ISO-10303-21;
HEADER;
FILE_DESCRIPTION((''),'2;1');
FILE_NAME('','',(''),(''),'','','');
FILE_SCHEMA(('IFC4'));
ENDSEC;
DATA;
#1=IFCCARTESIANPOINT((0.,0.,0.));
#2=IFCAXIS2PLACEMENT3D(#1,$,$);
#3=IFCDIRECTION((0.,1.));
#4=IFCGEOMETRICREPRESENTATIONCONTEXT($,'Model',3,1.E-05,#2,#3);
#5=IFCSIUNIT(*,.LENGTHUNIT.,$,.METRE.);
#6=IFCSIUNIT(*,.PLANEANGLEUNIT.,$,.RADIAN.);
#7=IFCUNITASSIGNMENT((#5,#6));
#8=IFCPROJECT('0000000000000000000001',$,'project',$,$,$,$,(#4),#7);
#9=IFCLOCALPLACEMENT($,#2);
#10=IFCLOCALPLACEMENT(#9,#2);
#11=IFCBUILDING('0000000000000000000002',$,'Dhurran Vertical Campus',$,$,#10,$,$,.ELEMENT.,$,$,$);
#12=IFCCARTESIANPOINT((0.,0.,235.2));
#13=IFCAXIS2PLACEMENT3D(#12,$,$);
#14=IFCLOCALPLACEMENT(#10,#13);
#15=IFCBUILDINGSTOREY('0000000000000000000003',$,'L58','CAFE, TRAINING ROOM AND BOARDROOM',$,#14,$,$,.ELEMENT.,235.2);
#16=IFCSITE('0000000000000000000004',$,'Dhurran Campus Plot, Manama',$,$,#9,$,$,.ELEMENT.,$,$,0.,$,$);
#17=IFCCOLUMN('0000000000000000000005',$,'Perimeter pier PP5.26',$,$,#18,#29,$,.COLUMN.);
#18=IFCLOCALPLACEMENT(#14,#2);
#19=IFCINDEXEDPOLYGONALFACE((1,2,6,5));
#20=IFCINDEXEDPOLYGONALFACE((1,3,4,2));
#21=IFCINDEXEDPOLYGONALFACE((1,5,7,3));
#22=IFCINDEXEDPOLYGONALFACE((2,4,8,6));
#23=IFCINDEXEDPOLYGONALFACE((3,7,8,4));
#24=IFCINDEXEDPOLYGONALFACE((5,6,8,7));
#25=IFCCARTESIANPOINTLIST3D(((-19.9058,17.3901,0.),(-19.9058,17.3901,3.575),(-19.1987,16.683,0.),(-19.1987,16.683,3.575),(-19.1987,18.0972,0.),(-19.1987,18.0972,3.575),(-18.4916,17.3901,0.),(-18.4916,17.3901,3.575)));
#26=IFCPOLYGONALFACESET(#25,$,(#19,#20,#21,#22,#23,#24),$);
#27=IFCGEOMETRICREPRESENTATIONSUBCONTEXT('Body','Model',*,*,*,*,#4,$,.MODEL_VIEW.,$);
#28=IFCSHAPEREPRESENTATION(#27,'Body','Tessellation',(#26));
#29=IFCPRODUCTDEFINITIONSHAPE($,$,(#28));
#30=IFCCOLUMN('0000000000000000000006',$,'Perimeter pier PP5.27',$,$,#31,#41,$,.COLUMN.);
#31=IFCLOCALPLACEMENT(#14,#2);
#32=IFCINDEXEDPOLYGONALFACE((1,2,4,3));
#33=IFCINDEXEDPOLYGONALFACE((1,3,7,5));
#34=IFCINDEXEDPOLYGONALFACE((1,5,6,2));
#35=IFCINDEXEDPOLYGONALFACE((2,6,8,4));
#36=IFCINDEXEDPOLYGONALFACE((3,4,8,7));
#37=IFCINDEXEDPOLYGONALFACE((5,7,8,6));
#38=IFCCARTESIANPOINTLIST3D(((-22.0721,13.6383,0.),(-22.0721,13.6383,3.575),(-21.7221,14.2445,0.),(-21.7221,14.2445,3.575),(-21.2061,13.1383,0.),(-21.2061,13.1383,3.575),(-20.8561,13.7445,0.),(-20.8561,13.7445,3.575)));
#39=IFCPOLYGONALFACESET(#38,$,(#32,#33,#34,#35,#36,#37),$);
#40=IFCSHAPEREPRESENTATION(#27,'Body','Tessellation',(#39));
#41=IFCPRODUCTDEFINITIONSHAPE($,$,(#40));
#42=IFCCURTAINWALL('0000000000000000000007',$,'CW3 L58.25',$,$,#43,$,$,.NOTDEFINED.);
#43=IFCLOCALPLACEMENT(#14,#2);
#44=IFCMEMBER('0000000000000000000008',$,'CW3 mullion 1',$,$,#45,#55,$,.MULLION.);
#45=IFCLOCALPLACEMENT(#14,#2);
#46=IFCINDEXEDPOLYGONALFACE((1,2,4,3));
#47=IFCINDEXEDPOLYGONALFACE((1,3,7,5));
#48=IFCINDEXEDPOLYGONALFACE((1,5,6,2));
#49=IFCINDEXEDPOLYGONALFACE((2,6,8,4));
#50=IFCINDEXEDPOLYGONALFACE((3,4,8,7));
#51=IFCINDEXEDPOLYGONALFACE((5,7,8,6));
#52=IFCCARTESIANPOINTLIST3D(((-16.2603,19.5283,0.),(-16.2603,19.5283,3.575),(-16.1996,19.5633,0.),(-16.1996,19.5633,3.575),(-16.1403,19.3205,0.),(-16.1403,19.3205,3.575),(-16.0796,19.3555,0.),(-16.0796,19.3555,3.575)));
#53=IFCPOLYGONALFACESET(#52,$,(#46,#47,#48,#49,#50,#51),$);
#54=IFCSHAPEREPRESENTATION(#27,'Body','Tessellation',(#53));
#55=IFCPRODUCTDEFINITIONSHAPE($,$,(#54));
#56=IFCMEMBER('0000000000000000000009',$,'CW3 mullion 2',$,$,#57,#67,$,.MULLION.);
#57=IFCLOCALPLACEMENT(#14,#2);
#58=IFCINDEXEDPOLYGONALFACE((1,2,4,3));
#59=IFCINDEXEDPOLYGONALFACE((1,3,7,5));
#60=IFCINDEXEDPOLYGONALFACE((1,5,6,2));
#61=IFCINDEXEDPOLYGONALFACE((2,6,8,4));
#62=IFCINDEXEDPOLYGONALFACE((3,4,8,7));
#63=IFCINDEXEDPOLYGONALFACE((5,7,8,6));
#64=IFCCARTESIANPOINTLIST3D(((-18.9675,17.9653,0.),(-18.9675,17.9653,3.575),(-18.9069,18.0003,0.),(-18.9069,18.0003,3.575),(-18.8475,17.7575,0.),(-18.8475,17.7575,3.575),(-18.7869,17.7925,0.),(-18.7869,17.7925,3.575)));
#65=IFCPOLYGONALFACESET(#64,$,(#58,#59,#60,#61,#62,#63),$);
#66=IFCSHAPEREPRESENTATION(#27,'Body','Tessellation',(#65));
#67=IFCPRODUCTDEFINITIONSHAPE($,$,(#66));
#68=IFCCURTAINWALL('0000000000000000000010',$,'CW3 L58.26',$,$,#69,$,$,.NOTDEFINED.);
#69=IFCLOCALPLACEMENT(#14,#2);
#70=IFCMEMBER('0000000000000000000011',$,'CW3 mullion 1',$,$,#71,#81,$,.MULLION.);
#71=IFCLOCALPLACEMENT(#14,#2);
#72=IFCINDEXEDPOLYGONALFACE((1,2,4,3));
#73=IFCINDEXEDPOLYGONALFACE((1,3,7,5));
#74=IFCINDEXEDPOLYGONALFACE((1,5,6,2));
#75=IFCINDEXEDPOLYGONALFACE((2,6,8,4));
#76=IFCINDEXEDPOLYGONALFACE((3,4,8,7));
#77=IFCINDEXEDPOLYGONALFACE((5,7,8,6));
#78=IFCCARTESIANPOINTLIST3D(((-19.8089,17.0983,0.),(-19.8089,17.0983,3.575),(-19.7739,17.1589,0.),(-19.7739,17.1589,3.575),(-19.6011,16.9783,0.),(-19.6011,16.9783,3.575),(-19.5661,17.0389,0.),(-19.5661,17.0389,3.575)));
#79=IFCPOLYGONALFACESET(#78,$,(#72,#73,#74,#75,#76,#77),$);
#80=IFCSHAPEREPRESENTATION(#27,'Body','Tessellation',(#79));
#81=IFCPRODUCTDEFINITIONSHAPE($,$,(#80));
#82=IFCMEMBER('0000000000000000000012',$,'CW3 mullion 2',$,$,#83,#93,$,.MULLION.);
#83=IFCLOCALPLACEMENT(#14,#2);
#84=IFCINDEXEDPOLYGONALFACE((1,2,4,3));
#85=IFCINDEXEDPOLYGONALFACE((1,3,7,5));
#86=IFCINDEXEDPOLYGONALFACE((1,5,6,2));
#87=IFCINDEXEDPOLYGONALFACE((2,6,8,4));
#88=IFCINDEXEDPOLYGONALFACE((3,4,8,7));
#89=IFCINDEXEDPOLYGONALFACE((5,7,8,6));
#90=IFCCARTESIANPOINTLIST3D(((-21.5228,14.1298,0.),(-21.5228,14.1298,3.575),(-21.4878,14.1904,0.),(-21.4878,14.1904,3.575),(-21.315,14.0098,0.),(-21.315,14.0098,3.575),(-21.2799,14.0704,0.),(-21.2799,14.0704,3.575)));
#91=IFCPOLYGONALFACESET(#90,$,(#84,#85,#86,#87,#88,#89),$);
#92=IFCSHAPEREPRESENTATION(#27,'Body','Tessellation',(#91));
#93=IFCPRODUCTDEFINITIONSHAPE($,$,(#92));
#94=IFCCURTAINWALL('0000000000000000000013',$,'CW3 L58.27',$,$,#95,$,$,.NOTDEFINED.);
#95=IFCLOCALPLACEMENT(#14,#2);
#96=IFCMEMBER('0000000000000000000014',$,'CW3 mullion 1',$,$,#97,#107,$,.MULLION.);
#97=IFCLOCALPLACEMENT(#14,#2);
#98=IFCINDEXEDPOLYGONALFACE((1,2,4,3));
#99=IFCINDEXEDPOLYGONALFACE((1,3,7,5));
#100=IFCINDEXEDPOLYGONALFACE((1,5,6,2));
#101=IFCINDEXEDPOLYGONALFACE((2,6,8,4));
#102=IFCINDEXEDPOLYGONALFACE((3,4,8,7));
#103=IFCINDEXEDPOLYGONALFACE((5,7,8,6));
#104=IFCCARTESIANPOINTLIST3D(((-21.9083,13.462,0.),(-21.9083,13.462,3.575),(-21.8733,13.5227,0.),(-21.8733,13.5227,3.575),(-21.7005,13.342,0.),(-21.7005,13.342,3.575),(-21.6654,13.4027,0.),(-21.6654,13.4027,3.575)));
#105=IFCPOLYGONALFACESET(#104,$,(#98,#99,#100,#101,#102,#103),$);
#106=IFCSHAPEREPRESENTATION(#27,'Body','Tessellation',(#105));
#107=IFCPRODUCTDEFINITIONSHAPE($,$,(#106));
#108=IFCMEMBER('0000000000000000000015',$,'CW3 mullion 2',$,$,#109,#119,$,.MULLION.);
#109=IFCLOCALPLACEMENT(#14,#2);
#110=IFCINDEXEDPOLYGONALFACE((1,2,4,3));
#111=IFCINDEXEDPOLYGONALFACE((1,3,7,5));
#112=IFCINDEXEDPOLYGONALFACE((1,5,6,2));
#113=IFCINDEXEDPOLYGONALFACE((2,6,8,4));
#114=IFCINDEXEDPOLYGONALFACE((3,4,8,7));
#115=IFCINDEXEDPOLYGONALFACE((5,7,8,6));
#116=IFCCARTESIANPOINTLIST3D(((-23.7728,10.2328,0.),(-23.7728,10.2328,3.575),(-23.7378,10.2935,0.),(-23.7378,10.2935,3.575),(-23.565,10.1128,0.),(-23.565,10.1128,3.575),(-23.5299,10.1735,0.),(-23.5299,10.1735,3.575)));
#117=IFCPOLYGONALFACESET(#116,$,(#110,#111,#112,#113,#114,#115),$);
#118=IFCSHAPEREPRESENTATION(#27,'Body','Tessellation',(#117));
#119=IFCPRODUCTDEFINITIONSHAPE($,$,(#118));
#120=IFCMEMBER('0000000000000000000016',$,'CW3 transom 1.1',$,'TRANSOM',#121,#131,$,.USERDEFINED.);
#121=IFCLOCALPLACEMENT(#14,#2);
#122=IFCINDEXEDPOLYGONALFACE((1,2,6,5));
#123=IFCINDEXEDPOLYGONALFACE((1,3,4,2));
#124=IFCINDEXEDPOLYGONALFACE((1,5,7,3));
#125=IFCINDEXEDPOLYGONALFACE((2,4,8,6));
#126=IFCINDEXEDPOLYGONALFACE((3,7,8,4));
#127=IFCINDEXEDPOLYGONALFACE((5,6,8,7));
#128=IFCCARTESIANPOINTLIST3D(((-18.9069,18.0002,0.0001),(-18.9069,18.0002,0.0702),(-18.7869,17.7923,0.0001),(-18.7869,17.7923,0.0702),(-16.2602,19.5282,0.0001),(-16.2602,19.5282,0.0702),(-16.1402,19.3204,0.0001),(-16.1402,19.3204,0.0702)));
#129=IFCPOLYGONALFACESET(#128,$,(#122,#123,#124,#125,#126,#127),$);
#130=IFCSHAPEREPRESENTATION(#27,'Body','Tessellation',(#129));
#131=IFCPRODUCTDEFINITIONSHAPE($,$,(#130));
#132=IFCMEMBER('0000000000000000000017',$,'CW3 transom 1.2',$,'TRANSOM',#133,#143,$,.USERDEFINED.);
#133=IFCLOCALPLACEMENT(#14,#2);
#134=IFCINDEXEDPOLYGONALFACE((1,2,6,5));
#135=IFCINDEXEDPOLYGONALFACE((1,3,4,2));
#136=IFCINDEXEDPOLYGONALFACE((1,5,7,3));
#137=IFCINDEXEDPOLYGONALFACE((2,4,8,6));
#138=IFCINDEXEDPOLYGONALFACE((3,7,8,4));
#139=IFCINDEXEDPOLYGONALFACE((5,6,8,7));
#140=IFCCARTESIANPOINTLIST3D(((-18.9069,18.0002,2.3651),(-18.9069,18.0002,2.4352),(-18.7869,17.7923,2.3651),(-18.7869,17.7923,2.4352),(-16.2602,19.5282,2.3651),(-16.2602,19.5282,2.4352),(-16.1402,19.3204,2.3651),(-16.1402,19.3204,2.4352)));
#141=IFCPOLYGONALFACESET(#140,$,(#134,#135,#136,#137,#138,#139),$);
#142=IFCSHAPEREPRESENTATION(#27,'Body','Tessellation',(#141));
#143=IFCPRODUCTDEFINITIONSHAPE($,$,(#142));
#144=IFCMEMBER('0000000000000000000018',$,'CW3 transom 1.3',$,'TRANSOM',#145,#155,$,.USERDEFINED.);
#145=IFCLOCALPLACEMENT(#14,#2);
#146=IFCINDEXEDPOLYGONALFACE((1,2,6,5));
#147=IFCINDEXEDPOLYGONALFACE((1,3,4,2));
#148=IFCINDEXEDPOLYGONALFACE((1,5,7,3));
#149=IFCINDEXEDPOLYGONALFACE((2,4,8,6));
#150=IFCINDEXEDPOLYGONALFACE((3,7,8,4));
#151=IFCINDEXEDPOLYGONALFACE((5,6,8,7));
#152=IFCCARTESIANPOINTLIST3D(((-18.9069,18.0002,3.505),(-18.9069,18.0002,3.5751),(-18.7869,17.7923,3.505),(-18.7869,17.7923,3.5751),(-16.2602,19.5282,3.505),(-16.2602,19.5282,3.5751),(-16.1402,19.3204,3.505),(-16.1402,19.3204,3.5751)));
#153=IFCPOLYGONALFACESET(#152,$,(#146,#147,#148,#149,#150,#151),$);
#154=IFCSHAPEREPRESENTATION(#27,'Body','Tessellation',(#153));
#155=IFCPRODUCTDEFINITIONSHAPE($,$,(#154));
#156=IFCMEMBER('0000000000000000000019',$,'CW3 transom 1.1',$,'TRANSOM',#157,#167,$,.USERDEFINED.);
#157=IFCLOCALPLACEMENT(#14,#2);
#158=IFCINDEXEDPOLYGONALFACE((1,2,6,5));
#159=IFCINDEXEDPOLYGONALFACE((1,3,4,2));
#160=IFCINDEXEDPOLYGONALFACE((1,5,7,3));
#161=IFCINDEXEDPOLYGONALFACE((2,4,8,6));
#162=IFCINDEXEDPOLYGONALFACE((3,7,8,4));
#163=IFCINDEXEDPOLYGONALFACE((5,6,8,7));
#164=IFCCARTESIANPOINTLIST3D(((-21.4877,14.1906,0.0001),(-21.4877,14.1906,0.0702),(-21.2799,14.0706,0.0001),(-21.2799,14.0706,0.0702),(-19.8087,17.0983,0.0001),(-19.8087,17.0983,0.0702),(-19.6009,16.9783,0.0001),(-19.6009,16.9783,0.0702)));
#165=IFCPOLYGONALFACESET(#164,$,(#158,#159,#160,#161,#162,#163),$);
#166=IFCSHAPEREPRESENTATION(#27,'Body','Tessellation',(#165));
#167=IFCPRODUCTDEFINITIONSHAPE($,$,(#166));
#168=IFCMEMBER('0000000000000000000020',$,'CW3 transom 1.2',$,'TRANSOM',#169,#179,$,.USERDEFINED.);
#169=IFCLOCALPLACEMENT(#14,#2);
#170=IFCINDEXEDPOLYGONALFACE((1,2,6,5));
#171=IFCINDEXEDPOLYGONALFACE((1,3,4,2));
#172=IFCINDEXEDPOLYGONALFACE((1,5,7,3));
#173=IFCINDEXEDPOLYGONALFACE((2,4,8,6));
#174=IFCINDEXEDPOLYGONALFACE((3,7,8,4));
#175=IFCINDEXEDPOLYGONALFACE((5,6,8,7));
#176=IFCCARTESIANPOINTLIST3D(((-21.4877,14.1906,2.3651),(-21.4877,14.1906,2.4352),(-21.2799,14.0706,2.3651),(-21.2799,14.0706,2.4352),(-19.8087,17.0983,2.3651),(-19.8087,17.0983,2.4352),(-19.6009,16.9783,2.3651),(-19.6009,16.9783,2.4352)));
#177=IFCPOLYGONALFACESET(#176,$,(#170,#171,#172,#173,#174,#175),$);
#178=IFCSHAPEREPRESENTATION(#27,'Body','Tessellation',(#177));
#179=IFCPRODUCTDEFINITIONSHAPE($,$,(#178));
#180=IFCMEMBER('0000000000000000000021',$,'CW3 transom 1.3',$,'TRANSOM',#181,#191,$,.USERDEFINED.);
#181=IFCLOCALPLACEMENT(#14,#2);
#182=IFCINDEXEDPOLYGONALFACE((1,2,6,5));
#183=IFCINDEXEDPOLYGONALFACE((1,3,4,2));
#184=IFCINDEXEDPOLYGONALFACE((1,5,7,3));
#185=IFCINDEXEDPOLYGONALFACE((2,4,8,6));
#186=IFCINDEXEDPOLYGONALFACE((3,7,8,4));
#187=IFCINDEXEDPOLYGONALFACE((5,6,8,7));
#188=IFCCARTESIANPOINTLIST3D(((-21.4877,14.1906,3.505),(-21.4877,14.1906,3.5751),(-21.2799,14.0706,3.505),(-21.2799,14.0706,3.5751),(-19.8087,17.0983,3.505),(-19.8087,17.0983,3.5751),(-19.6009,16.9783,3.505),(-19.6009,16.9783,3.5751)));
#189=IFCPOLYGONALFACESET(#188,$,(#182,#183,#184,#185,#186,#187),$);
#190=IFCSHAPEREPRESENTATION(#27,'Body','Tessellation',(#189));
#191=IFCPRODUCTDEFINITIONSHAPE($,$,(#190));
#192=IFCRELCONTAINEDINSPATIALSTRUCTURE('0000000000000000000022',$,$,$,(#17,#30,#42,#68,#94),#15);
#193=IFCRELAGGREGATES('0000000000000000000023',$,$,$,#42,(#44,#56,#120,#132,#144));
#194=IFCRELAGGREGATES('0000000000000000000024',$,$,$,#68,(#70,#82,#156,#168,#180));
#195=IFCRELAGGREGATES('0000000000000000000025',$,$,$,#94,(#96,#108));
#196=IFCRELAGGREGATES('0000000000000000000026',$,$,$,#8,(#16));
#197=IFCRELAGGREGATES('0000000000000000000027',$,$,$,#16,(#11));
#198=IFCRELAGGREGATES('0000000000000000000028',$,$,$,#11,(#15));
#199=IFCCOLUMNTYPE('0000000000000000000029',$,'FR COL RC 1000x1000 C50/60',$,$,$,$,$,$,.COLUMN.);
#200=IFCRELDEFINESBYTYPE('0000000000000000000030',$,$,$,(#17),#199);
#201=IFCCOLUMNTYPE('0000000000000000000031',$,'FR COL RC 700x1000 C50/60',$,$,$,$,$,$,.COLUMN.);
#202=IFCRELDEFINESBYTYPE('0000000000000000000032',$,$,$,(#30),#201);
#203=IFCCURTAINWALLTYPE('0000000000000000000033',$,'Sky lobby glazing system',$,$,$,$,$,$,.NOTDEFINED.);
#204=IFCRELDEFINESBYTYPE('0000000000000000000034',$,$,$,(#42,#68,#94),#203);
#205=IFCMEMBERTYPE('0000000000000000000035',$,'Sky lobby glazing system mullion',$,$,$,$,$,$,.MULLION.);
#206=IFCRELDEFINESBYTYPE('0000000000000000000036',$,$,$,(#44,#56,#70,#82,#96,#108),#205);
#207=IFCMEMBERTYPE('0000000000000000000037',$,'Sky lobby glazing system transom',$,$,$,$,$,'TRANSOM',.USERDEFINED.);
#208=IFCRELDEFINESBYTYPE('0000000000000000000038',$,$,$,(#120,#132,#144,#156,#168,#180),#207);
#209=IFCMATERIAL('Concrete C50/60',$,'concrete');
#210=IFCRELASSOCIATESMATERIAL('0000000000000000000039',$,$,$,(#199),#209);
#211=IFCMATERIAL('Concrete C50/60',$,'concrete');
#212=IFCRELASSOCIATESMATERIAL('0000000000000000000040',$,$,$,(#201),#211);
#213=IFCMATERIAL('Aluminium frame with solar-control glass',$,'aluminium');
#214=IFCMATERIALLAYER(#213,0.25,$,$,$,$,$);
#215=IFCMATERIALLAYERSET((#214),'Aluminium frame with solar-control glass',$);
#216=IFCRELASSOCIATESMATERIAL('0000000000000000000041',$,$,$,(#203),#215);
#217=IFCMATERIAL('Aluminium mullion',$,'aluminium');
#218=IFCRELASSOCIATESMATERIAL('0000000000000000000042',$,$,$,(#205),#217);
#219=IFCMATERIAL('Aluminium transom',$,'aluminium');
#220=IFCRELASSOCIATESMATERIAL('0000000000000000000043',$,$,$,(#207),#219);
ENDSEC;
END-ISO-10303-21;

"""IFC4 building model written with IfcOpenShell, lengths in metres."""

from ifc_helpers import new_model, si_unit, direction, frame, origin, origin_2d, place, context, subcontext, project, spatial, rectangle, extrude, material, layer, layer_set, material_profile, profile_set, type_object, element, aggregate, save


model = new_model("IFC4")

# Units and contexts
model_context = context("Model", 3, precision=1e-05, world=origin(), true_north=direction((0.0, 1.0)))
body_context = subcontext(model_context, "Body", "Model", "MODEL_VIEW")
ifc_project = project(units=[si_unit("LENGTHUNIT", "METRE"), si_unit("PLANEANGLEUNIT", "RADIAN")], contexts=[model_context])

# Site, building, storey
site_placement = place(None, origin())
site = spatial("IfcSite", under=ifc_project, at=site_placement, Name="Dhurran Campus Plot, Manama", CompositionType="ELEMENT", RefElevation=0.0)
building_placement = place(site_placement, origin())
building = spatial("IfcBuilding", under=site, at=building_placement, Name="Dhurran Vertical Campus", CompositionType="ELEMENT")
storey_placement = place(building_placement, frame((0.0, 0.0, 235.2)))
storey = spatial("IfcBuildingStorey", under=building, at=storey_placement, Name="L58", Description="CAFE, TRAINING ROOM AND BOARDROOM", CompositionType="ELEMENT", Elevation=235.2)

# Columns
ifc_material_1 = material(Name="Concrete C50/60", Category="concrete")
ifc_material_profile_1 = material_profile(ifc_material_1, rectangle(XDim=1.0, YDim=1.0, at=origin_2d()), Name="RC 1000x1000")
ifc_profile_set_1 = profile_set([ifc_material_profile_1], Name="Concrete C50/60")
column_type_1 = type_object("IfcColumnType", Name="FR COL RC 1000x1000 C50/60", PredefinedType="COLUMN", material=ifc_profile_set_1)
column_1_placement = place(storey_placement, frame((-19.1987, 17.3901, 0.0), z_axis=(0.0, 0.0, 1.0), x_axis=(-0.707107, -0.707107, 0.0)))
element("IfcColumn", 1, at=column_1_placement, inside=storey, type_object=column_type_1, Name="Perimeter pier PP5.26", PredefinedType="COLUMN", context=body_context, shape_type="SweptSolid", body=[
    extrude(rectangle(XDim=1.0, YDim=1.0, at=origin_2d()), origin(), (0.0, 0.0, 1.0), 3.575),
])
ifc_material_2 = material(Name="Concrete C50/60", Category="concrete")
ifc_material_profile_2 = material_profile(ifc_material_2, rectangle(XDim=0.7, YDim=1.0, at=origin_2d()), Name="RC 700x1000")
ifc_profile_set_2 = profile_set([ifc_material_profile_2], Name="Concrete C50/60")
column_type_2 = type_object("IfcColumnType", Name="FR COL RC 700x1000 C50/60", PredefinedType="COLUMN", material=ifc_profile_set_2)
column_2_placement = place(storey_placement, frame((-21.4641, 13.6914, 0.0), z_axis=(0.0, 0.0, 1.0), x_axis=(-0.5, -0.866025, 0.0)))
element("IfcColumn", 2, at=column_2_placement, inside=storey, type_object=column_type_2, Name="Perimeter pier PP5.27", PredefinedType="COLUMN", context=body_context, shape_type="SweptSolid", body=[
    extrude(rectangle(XDim=0.7, YDim=1.0, at=origin_2d()), origin(), (0.0, 0.0, 1.0), 3.575),
])

# Curtain walls, members
ifc_material_3 = material(Name="Aluminium frame with solar-control glass", Category="aluminium")
ifc_layer_1 = layer(ifc_material_3, 0.25)
ifc_layer_set_1 = layer_set([ifc_layer_1], Name="Aluminium frame with solar-control glass")
curtain_wall_type = type_object("IfcCurtainWallType", Name="Sky lobby glazing system", PredefinedType="NOTDEFINED", material=ifc_layer_set_1)
curtain_wall_1_placement = place(storey_placement, origin())
curtain_wall_1 = element("IfcCurtainWall", 3, at=curtain_wall_1_placement, inside=storey, type_object=curtain_wall_type, Name="CW3 L58.25", PredefinedType="NOTDEFINED")
ifc_material_4 = material(Name="Aluminium mullion", Category="aluminium")
ifc_material_profile_3 = material_profile(ifc_material_4, rectangle(XDim=0.24, YDim=0.0701, at=origin_2d()), Name="Sky lobby glazing system mullion")
ifc_profile_set_3 = profile_set([ifc_material_profile_3], Name="Aluminium mullion")
member_type_1 = type_object("IfcMemberType", Name="Sky lobby glazing system mullion", PredefinedType="MULLION", material=ifc_profile_set_3)
member_1_placement = place(storey_placement, frame((-16.1699, 19.4419, 0.0), z_axis=(0.0, 0.0, 1.0), x_axis=(0.499999, -0.866026, 0.0)))
member_1 = element("IfcMember", 4, at=member_1_placement, type_object=member_type_1, Name="CW3 mullion 1", PredefinedType="MULLION", context=body_context, shape_type="SweptSolid", body=[
    extrude(rectangle(XDim=0.24, YDim=0.0701, at=origin_2d()), origin(), (0.0, 0.0, 1.0), 3.575),
])
member_2_placement = place(storey_placement, frame((-18.8772, 17.8789, 0.0), z_axis=(0.0, 0.0, 1.0), x_axis=(0.499999, -0.866026, 0.0)))
member_2 = element("IfcMember", 5, at=member_2_placement, type_object=member_type_1, Name="CW3 mullion 2", PredefinedType="MULLION", context=body_context, shape_type="SweptSolid", body=[
    extrude(rectangle(XDim=0.24, YDim=0.0701, at=origin_2d()), origin(), (0.0, 0.0, 1.0), 3.575),
])
curtain_wall_2_placement = place(storey_placement, origin())
curtain_wall_2 = element("IfcCurtainWall", 6, at=curtain_wall_2_placement, inside=storey, type_object=curtain_wall_type, Name="CW3 L58.26", PredefinedType="NOTDEFINED")
member_3_placement = place(storey_placement, frame((-19.6875, 17.0686, 0.0), z_axis=(0.0, 0.0, 1.0), x_axis=(0.866019, -0.50001, 0.0)))
member_3 = element("IfcMember", 7, at=member_3_placement, type_object=member_type_1, Name="CW3 mullion 1", PredefinedType="MULLION", context=body_context, shape_type="SweptSolid", body=[
    extrude(rectangle(XDim=0.24, YDim=0.0701, at=origin_2d()), origin(), (0.0, 0.0, 1.0), 3.575),
])
member_4_placement = place(storey_placement, frame((-21.4014, 14.1001, 0.0), z_axis=(0.0, 0.0, 1.0), x_axis=(0.866019, -0.50001, 0.0)))
member_4 = element("IfcMember", 8, at=member_4_placement, type_object=member_type_1, Name="CW3 mullion 2", PredefinedType="MULLION", context=body_context, shape_type="SweptSolid", body=[
    extrude(rectangle(XDim=0.24, YDim=0.0701, at=origin_2d()), origin(), (0.0, 0.0, 1.0), 3.575),
])
curtain_wall_3_placement = place(storey_placement, origin())
curtain_wall_3 = element("IfcCurtainWall", 9, at=curtain_wall_3_placement, inside=storey, type_object=curtain_wall_type, Name="CW3 L58.27", PredefinedType="NOTDEFINED")
member_5_placement = place(storey_placement, frame((-21.7869, 13.4324, 0.0), z_axis=(0.0, 0.0, 1.0), x_axis=(0.866023, -0.500003, 0.0)))
member_5 = element("IfcMember", 10, at=member_5_placement, type_object=member_type_1, Name="CW3 mullion 1", PredefinedType="MULLION", context=body_context, shape_type="SweptSolid", body=[
    extrude(rectangle(XDim=0.24, YDim=0.0701, at=origin_2d()), origin(), (0.0, 0.0, 1.0), 3.575),
])
member_6_placement = place(storey_placement, frame((-23.6514, 10.2031, 0.0), z_axis=(0.0, 0.0, 1.0), x_axis=(0.866023, -0.500003, 0.0)))
member_6 = element("IfcMember", 11, at=member_6_placement, type_object=member_type_1, Name="CW3 mullion 2", PredefinedType="MULLION", context=body_context, shape_type="SweptSolid", body=[
    extrude(rectangle(XDim=0.24, YDim=0.0701, at=origin_2d()), origin(), (0.0, 0.0, 1.0), 3.575),
])

# Members
ifc_material_5 = material(Name="Aluminium transom", Category="aluminium")
ifc_material_profile_4 = material_profile(ifc_material_5, rectangle(XDim=0.24, YDim=0.0701, at=origin_2d()), Name="Sky lobby glazing system transom")
ifc_profile_set_4 = profile_set([ifc_material_profile_4], Name="Aluminium transom")
member_type_2 = type_object("IfcMemberType", Name="Sky lobby glazing system transom", ElementType="TRANSOM", PredefinedType="USERDEFINED", material=ifc_profile_set_4)
member_7_placement = place(storey_placement, frame((-16.2002, 19.4243, 0.0352), z_axis=(-0.866027, -0.499997, 0.0), x_axis=(0.499997, -0.866027, 0.0)))
member_7 = element("IfcMember", 12, at=member_7_placement, type_object=member_type_2, Name="CW3 transom 1.1", ObjectType="TRANSOM", PredefinedType="USERDEFINED", context=body_context, shape_type="SweptSolid", body=[
    extrude(rectangle(XDim=0.24, YDim=0.0701, at=origin_2d()), origin(), (0.0, 0.0, 1.0), 3.0562),
])
member_8_placement = place(storey_placement, frame((-16.2002, 19.4243, 2.4001), z_axis=(-0.866027, -0.499997, 0.0), x_axis=(0.499997, -0.866027, 0.0)))
member_8 = element("IfcMember", 13, at=member_8_placement, type_object=member_type_2, Name="CW3 transom 1.2", ObjectType="TRANSOM", PredefinedType="USERDEFINED", context=body_context, shape_type="SweptSolid", body=[
    extrude(rectangle(XDim=0.24, YDim=0.0701, at=origin_2d()), origin(), (0.0, 0.0, 1.0), 3.0562),
])
member_9_placement = place(storey_placement, frame((-16.2002, 19.4243, 3.54), z_axis=(-0.866027, -0.499997, 0.0), x_axis=(0.499997, -0.866027, 0.0)))
member_9 = element("IfcMember", 14, at=member_9_placement, type_object=member_type_2, Name="CW3 transom 1.3", ObjectType="TRANSOM", PredefinedType="USERDEFINED", context=body_context, shape_type="SweptSolid", body=[
    extrude(rectangle(XDim=0.24, YDim=0.0701, at=origin_2d()), origin(), (0.0, 0.0, 1.0), 3.0562),
])
member_10_placement = place(storey_placement, frame((-19.7048, 17.0383, 0.0352), z_axis=(-0.500041, -0.866002, 0.0), x_axis=(0.866002, -0.500041, 0.0)))
member_10 = element("IfcMember", 15, at=member_10_placement, type_object=member_type_2, Name="CW3 transom 1.1", ObjectType="TRANSOM", PredefinedType="USERDEFINED", context=body_context, shape_type="SweptSolid", body=[
    extrude(rectangle(XDim=0.24, YDim=0.0701, at=origin_2d()), origin(), (0.0, 0.0, 1.0), 3.3577),
])
member_11_placement = place(storey_placement, frame((-19.7048, 17.0383, 2.4001), z_axis=(-0.500041, -0.866002, 0.0), x_axis=(0.866002, -0.500041, 0.0)))
member_11 = element("IfcMember", 16, at=member_11_placement, type_object=member_type_2, Name="CW3 transom 1.2", ObjectType="TRANSOM", PredefinedType="USERDEFINED", context=body_context, shape_type="SweptSolid", body=[
    extrude(rectangle(XDim=0.24, YDim=0.0701, at=origin_2d()), origin(), (0.0, 0.0, 1.0), 3.3577),
])
member_12_placement = place(storey_placement, frame((-19.7048, 17.0383, 3.54), z_axis=(-0.500041, -0.866002, 0.0), x_axis=(0.866002, -0.500041, 0.0)))
member_12 = element("IfcMember", 17, at=member_12_placement, type_object=member_type_2, Name="CW3 transom 1.3", ObjectType="TRANSOM", PredefinedType="USERDEFINED", context=body_context, shape_type="SweptSolid", body=[
    extrude(rectangle(XDim=0.24, YDim=0.0701, at=origin_2d()), origin(), (0.0, 0.0, 1.0), 3.3577),
])

aggregate(curtain_wall_1, [member_1, member_2, member_7, member_8, member_9])
aggregate(curtain_wall_2, [member_3, member_4, member_10, member_11, member_12])
aggregate(curtain_wall_3, [member_5, member_6])

save(model, "model.ifc")
